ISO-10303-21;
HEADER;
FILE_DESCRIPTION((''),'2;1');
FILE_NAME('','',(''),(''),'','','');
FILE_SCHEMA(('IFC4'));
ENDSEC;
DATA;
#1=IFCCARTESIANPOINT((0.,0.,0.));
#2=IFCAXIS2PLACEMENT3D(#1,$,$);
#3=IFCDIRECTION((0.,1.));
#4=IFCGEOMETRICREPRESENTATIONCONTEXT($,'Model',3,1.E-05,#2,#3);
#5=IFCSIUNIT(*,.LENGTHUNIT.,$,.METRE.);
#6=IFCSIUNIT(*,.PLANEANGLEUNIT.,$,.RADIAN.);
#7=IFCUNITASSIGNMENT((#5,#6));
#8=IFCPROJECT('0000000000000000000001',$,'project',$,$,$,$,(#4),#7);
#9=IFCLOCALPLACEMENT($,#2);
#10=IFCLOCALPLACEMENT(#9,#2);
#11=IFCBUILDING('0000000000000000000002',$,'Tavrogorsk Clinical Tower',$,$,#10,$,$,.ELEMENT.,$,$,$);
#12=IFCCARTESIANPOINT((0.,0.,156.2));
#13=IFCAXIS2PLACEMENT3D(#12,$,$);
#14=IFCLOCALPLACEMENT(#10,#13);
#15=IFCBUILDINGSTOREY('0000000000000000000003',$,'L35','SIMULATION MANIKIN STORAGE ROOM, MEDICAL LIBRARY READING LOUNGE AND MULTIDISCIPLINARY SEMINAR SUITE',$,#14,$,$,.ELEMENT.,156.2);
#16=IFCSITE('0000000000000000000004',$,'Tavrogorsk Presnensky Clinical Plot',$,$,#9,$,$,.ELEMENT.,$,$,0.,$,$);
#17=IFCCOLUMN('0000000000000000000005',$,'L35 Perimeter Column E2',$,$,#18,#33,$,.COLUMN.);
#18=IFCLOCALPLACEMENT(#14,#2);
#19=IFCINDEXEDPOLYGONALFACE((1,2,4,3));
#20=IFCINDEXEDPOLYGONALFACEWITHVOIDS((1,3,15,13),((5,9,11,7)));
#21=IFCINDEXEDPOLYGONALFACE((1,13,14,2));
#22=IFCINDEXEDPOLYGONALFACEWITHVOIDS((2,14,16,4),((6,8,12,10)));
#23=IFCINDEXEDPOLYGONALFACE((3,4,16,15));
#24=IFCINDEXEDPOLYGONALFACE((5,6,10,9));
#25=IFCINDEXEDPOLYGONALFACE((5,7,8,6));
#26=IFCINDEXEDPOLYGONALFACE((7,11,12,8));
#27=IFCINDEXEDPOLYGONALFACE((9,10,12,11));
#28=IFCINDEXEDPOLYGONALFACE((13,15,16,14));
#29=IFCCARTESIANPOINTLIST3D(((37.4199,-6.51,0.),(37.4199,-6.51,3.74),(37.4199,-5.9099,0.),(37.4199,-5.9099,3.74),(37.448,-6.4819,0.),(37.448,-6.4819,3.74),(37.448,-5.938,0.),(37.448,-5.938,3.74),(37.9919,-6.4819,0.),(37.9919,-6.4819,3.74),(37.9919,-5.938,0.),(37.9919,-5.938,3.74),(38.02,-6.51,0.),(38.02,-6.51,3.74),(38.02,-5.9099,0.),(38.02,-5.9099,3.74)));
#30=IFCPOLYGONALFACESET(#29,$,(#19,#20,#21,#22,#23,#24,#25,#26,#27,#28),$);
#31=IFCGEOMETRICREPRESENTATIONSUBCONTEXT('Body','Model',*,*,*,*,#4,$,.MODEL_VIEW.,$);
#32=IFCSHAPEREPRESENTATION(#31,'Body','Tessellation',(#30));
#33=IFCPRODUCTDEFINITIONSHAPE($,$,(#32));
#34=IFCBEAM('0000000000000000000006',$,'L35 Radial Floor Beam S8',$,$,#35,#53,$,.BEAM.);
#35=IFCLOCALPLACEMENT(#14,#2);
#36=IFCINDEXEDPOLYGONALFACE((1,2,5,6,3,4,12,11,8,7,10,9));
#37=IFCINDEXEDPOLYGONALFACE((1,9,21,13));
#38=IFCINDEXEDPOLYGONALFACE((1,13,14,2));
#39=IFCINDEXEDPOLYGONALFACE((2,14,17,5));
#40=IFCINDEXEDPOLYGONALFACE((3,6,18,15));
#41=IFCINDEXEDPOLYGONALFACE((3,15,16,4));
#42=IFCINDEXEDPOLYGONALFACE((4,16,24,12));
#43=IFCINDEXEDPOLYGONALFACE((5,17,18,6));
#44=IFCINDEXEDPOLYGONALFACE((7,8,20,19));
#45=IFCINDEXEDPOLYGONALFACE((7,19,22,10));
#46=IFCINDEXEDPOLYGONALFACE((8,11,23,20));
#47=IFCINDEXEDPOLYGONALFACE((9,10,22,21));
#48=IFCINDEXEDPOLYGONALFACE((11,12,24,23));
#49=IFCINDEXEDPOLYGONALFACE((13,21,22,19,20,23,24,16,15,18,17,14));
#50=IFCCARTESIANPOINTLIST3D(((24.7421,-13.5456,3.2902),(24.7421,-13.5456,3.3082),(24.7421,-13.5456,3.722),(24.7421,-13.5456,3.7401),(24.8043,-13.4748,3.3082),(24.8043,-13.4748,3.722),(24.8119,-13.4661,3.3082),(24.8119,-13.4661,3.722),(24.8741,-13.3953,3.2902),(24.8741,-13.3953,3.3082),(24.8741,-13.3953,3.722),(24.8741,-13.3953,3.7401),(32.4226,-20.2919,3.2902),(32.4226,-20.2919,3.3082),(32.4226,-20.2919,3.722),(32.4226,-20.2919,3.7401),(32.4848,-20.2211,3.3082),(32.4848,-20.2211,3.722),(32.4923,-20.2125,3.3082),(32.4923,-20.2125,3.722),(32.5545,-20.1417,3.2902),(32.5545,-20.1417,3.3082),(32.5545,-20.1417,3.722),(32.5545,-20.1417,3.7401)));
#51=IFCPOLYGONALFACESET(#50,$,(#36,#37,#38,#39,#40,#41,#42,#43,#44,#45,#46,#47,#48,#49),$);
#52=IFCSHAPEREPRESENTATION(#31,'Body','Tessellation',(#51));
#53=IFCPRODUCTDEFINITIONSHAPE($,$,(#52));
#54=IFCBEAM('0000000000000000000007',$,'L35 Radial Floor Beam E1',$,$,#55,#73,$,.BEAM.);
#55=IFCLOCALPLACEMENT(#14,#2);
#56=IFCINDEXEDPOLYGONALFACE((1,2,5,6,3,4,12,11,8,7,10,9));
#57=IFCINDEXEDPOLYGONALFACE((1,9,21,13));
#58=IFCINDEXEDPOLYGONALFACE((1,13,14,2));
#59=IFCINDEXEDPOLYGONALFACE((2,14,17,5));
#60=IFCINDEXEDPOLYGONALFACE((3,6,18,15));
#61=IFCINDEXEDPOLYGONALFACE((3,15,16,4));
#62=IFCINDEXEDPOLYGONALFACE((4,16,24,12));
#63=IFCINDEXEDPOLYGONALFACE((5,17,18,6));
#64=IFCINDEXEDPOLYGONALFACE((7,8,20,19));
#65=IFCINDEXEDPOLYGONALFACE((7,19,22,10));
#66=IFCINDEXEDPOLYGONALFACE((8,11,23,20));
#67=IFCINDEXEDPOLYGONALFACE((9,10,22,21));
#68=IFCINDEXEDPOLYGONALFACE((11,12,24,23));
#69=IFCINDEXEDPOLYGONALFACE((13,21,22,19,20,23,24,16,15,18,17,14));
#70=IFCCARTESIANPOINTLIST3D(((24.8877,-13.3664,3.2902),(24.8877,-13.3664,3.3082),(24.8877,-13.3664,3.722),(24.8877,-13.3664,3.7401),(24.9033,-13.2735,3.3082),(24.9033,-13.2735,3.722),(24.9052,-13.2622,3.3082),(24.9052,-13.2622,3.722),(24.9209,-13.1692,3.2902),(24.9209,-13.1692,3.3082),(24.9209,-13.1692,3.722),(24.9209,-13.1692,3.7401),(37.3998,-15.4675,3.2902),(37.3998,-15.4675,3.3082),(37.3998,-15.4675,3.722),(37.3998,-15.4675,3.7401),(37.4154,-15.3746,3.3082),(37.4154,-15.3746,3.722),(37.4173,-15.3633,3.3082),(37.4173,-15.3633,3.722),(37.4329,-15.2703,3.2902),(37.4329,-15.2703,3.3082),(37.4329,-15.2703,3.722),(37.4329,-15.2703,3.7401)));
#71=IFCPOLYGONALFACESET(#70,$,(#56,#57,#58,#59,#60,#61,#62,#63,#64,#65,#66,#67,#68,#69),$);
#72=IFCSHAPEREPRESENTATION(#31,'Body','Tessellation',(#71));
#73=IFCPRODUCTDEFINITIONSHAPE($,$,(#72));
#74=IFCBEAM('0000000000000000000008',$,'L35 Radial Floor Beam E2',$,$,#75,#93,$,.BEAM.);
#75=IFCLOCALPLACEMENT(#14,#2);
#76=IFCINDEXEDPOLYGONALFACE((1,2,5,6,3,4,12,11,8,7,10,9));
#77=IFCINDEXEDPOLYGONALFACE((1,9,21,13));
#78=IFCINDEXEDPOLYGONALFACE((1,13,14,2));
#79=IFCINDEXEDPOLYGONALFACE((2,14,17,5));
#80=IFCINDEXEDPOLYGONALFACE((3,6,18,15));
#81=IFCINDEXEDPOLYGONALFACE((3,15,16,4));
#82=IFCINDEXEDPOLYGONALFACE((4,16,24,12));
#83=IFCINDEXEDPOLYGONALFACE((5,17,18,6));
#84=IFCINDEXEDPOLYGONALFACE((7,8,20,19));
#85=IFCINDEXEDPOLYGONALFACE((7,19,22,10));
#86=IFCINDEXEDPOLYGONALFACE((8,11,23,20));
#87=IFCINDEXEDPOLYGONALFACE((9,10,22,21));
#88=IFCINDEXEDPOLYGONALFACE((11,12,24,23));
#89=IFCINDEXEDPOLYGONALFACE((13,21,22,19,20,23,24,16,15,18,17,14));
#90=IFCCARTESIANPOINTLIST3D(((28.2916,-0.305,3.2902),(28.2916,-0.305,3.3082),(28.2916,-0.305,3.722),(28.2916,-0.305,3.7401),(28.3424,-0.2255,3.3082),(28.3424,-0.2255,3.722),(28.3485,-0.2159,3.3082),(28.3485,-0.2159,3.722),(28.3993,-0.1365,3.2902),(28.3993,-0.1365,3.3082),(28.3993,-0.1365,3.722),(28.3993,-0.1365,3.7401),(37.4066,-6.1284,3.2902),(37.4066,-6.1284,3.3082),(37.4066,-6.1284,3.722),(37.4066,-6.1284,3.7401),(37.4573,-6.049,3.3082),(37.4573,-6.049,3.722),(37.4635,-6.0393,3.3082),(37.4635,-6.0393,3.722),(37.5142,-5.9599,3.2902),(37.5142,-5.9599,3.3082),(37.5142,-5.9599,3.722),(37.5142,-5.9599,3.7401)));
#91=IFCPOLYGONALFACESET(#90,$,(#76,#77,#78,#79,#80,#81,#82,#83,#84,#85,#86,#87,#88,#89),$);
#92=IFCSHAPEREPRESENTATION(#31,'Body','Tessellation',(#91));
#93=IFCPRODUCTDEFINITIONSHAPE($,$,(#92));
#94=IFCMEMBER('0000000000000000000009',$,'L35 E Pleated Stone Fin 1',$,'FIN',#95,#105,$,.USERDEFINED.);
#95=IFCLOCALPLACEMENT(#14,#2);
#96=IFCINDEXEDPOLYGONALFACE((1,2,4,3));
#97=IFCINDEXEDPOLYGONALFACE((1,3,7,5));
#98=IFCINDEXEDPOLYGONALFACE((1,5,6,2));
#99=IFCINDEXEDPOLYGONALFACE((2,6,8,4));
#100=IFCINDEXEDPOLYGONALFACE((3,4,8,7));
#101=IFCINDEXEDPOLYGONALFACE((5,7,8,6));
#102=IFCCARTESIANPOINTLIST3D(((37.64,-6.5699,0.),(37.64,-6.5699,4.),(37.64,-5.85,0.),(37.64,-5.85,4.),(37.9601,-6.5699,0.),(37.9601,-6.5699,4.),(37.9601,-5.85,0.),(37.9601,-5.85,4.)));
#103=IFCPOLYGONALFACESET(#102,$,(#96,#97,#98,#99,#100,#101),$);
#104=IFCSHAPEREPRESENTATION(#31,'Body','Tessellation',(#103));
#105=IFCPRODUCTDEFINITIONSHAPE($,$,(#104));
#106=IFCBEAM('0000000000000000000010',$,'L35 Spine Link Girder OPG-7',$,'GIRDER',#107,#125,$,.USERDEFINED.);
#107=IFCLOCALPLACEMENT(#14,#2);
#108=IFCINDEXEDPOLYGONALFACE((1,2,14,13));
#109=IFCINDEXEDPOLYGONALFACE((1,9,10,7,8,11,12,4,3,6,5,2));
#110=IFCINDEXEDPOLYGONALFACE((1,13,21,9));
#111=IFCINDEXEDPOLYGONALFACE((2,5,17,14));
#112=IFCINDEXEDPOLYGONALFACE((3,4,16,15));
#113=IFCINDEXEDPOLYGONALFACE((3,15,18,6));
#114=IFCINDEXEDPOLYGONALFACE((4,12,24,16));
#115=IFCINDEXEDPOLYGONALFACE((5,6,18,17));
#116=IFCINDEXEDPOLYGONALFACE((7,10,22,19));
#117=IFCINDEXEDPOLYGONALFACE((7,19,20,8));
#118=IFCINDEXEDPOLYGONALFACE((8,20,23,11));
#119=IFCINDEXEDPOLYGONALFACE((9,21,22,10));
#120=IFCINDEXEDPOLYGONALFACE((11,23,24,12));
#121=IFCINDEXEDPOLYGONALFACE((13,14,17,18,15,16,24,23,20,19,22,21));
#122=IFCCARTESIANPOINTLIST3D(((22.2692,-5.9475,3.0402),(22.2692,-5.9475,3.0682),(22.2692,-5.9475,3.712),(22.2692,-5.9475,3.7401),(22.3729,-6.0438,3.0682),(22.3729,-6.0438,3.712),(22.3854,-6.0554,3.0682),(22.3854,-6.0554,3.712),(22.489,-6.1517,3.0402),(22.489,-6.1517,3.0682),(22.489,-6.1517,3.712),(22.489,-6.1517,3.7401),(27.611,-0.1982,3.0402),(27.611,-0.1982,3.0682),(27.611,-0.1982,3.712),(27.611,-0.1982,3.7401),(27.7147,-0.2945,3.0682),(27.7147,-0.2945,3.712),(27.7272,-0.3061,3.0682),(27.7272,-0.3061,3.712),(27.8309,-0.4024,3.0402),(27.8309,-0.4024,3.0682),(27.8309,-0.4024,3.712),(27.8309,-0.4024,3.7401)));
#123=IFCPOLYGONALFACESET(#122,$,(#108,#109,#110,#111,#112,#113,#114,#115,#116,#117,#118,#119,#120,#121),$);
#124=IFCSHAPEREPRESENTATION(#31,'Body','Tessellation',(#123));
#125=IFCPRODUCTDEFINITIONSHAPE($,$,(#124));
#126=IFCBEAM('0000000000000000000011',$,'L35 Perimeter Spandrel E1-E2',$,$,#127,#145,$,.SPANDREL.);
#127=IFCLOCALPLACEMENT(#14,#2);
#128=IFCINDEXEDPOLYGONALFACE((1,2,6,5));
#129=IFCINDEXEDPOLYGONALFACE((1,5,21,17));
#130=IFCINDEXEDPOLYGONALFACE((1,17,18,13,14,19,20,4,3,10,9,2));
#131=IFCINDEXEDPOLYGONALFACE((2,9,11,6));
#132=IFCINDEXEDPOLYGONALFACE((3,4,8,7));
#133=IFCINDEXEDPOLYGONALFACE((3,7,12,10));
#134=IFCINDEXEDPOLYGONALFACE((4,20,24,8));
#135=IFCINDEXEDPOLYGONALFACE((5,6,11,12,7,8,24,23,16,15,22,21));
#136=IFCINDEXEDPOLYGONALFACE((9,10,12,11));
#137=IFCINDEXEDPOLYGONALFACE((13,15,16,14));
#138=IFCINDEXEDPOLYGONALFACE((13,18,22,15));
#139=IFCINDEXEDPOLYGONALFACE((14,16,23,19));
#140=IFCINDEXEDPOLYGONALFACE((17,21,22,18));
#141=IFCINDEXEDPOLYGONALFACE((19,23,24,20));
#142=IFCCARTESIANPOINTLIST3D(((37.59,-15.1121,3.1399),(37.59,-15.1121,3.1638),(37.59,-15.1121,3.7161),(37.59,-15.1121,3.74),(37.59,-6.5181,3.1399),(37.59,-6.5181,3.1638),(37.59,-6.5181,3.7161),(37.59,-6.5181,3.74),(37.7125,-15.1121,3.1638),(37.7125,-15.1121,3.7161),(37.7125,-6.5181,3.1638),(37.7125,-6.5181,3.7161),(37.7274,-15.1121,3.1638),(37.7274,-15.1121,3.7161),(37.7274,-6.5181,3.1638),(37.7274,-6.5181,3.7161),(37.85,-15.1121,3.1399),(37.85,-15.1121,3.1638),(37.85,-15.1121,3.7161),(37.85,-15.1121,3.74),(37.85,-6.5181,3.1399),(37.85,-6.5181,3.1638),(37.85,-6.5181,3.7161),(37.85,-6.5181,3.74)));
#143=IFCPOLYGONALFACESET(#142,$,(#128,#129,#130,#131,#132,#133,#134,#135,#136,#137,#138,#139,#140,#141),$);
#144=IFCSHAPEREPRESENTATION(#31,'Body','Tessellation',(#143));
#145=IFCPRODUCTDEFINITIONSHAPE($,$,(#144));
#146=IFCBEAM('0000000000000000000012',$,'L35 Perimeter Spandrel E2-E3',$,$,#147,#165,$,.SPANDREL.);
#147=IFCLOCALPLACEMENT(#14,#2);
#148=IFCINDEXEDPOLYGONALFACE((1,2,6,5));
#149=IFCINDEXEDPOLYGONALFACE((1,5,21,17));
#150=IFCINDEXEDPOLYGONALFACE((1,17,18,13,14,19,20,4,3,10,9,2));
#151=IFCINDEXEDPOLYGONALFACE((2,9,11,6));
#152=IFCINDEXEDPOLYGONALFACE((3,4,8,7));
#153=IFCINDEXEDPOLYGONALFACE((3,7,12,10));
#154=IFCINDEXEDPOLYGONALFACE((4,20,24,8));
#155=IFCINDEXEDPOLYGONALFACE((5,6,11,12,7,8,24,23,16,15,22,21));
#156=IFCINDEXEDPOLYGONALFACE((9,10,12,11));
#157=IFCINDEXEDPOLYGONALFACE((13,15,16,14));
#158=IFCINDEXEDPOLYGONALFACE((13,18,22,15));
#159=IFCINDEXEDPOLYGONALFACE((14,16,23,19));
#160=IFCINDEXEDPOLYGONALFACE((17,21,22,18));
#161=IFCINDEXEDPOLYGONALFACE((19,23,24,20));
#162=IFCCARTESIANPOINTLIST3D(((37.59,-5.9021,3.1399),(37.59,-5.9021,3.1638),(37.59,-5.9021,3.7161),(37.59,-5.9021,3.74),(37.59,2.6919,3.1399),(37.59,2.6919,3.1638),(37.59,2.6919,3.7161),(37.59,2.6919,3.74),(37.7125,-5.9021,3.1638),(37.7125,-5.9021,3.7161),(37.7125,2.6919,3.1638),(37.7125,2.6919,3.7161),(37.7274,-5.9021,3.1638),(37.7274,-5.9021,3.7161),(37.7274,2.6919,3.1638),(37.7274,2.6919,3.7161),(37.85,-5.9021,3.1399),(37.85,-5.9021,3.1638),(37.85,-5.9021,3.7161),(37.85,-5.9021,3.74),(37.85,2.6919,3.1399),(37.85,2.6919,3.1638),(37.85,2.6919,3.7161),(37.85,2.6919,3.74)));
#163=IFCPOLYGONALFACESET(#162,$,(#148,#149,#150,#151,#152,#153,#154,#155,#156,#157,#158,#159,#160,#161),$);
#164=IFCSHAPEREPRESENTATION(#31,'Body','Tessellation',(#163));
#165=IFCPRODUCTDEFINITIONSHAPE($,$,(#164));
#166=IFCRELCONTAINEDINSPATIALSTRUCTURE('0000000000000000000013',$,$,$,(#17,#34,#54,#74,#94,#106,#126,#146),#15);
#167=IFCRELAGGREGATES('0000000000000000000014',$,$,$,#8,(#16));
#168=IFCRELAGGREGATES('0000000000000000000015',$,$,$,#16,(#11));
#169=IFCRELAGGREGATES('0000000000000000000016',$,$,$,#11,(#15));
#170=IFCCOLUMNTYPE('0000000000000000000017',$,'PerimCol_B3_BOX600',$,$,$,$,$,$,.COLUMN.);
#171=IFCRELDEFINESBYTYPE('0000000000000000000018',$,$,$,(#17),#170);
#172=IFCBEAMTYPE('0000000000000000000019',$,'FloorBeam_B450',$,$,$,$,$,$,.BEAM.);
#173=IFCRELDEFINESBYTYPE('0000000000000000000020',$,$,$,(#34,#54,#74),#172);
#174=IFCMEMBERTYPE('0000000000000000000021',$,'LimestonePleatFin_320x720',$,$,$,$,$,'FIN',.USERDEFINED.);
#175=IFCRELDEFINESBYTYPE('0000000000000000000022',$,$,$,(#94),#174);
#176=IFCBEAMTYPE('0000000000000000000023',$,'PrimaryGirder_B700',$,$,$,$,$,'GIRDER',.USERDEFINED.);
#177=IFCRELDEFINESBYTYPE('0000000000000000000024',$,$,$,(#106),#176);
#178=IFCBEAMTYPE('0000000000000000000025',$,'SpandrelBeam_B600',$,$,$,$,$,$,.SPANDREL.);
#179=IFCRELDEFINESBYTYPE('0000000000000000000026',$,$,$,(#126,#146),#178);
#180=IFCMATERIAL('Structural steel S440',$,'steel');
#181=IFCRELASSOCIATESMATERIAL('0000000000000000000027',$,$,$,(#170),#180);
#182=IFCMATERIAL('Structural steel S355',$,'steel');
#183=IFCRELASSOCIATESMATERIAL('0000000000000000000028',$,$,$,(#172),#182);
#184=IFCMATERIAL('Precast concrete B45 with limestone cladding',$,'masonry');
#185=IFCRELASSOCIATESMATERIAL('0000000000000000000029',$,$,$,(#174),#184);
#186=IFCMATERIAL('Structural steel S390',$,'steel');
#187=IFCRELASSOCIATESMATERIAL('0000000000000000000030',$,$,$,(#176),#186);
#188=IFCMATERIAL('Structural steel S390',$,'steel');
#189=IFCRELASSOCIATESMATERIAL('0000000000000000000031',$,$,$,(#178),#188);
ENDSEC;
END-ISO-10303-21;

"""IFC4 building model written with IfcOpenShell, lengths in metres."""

from ifc_helpers import new_model, si_unit, direction, frame, origin, origin_2d, place, context, subcontext, project, spatial, rectangle, hollow_rectangle, i_section, extrude, material, material_profile, profile_set, type_object, element, save


model = new_model("IFC4")

# Units and contexts
model_context = context("Model", 3, precision=1e-05, world=origin(), true_north=direction((0.0, 1.0)))
body_context = subcontext(model_context, "Body", "Model", "MODEL_VIEW")
ifc_project = project(units=[si_unit("LENGTHUNIT", "METRE"), si_unit("PLANEANGLEUNIT", "RADIAN")], contexts=[model_context])

# Site, building, storey
site_placement = place(None, origin())
site = spatial("IfcSite", under=ifc_project, at=site_placement, Name="Tavrogorsk Presnensky Clinical Plot", CompositionType="ELEMENT", RefElevation=0.0)
building_placement = place(site_placement, origin())
building = spatial("IfcBuilding", under=site, at=building_placement, Name="Tavrogorsk Clinical Tower", CompositionType="ELEMENT")
storey_placement = place(building_placement, frame((0.0, 0.0, 156.2)))
storey = spatial("IfcBuildingStorey", under=building, at=storey_placement, Name="L35", Description="SIMULATION MANIKIN STORAGE ROOM, MEDICAL LIBRARY READING LOUNGE AND MULTIDISCIPLINARY SEMINAR SUITE", CompositionType="ELEMENT", Elevation=156.2)

# Column
ifc_material_1 = material(Name="Structural steel S440", Category="steel")
ifc_material_profile_1 = material_profile(ifc_material_1, hollow_rectangle(XDim=0.6001, YDim=0.6001, WallThickness=0.0281, at=origin_2d()), Name="BOX-600x600x28")
ifc_profile_set_1 = profile_set([ifc_material_profile_1], Name="Structural steel S440")
column_type = type_object("IfcColumnType", Name="PerimCol_B3_BOX600", PredefinedType="COLUMN", material=ifc_profile_set_1)
column_placement = place(storey_placement, frame((37.72, -6.21, 0.0), z_axis=(0.0, 0.0, 1.0), x_axis=(1.0, 0.0, 0.0)))
element("IfcColumn", 1, at=column_placement, inside=storey, type_object=column_type, Name="L35 Perimeter Column E2", PredefinedType="COLUMN", context=body_context, shape_type="SweptSolid", body=[
    extrude(hollow_rectangle(XDim=0.6001, YDim=0.6001, WallThickness=0.0281, at=origin_2d()), origin(), (0.0, 0.0, 1.0), 3.74),
])

# Beams
ifc_material_2 = material(Name="Structural steel S355", Category="steel")
ifc_material_profile_2 = material_profile(ifc_material_2, i_section(OverallWidth=0.2, OverallDepth=0.45, WebThickness=0.0115, FlangeThickness=0.0181, at=origin_2d()), Name="B-450x200x11.5x18")
ifc_profile_set_2 = profile_set([ifc_material_profile_2], Name="Structural steel S355")
beam_type_1 = type_object("IfcBeamType", Name="FloorBeam_B450", PredefinedType="BEAM", material=ifc_profile_set_2)
beam_1_placement = place(storey_placement, frame((24.8081, -13.4705, 3.5151), z_axis=(0.751316, -0.659942, 0.0), x_axis=(0.659942, 0.751316, 0.0)))
element("IfcBeam", 2, at=beam_1_placement, inside=storey, type_object=beam_type_1, Name="L35 Radial Floor Beam S8", PredefinedType="BEAM", context=body_context, shape_type="SweptSolid", body=[
    extrude(i_section(OverallWidth=0.2, OverallDepth=0.45, WebThickness=0.0115, FlangeThickness=0.0181, at=origin_2d()), origin(), (0.0, 0.0, 1.0), 10.2227),
])
beam_2_placement = place(storey_placement, frame((24.9043, -13.2678, 3.5151), z_axis=(0.986192, -0.165607, 0.0), x_axis=(0.165607, 0.986192, 0.0)))
element("IfcBeam", 3, at=beam_2_placement, inside=storey, type_object=beam_type_1, Name="L35 Radial Floor Beam E1", PredefinedType="BEAM", context=body_context, shape_type="SweptSolid", body=[
    extrude(i_section(OverallWidth=0.2, OverallDepth=0.45, WebThickness=0.0115, FlangeThickness=0.0181, at=origin_2d()), origin(), (0.0, 0.0, 1.0), 12.6873),
])
beam_3_placement = place(storey_placement, frame((28.3455, -0.2207, 3.5151), z_axis=(0.842695, -0.538391, 0.0), x_axis=(0.538391, 0.842695, 0.0)))
element("IfcBeam", 4, at=beam_3_placement, inside=storey, type_object=beam_type_1, Name="L35 Radial Floor Beam E2", PredefinedType="BEAM", context=body_context, shape_type="SweptSolid", body=[
    extrude(i_section(OverallWidth=0.2, OverallDepth=0.45, WebThickness=0.0115, FlangeThickness=0.0181, at=origin_2d()), origin(), (0.0, 0.0, 1.0), 10.8164),
])

# Member
ifc_material_3 = material(Name="Precast concrete B45 with limestone cladding", Category="masonry")
ifc_material_profile_3 = material_profile(ifc_material_3, rectangle(XDim=0.3201, YDim=0.72, at=origin_2d()), Name="LIMESTONE-FIN-320x720")
ifc_profile_set_3 = profile_set([ifc_material_profile_3], Name="Precast concrete B45 with limestone cladding")
member_type = type_object("IfcMemberType", Name="LimestonePleatFin_320x720", ElementType="FIN", PredefinedType="USERDEFINED", material=ifc_profile_set_3)
member_placement = place(storey_placement, frame((37.8, -6.21, 0.0), z_axis=(0.0, 0.0, 1.0), x_axis=(1.0, 0.0, 0.0)))
element("IfcMember", 5, at=member_placement, inside=storey, type_object=member_type, Name="L35 E Pleated Stone Fin 1", ObjectType="FIN", PredefinedType="USERDEFINED", context=body_context, shape_type="SweptSolid", body=[
    extrude(rectangle(XDim=0.3201, YDim=0.72, at=origin_2d()), origin(), (0.0, 0.0, 1.0), 4.0),
])

# Beams
ifc_material_4 = material(Name="Structural steel S390", Category="steel")
ifc_material_profile_4 = material_profile(ifc_material_4, i_section(OverallWidth=0.3, OverallDepth=0.7, WebThickness=0.0171, FlangeThickness=0.0281, at=origin_2d()), Name="B-700x300x17x28")
ifc_profile_set_4 = profile_set([ifc_material_profile_4], Name="Structural steel S390")
beam_type_2 = type_object("IfcBeamType", Name="PrimaryGirder_B700", ElementType="GIRDER", PredefinedType="USERDEFINED", material=ifc_profile_set_4)
beam_4_placement = place(storey_placement, frame((27.7209, -0.3003, 3.3901), z_axis=(-0.680669, -0.732591, 0.0), x_axis=(0.732591, -0.680669, 0.0)))
element("IfcBeam", 6, at=beam_4_placement, inside=storey, type_object=beam_type_2, Name="L35 Spine Link Girder OPG-7", ObjectType="GIRDER", PredefinedType="USERDEFINED", context=body_context, shape_type="SweptSolid", body=[
    extrude(i_section(OverallWidth=0.3, OverallDepth=0.7, WebThickness=0.0171, FlangeThickness=0.0281, at=origin_2d()), origin(), (0.0, 0.0, 1.0), 7.8479),
])
ifc_material_5 = material(Name="Structural steel S390", Category="steel")
ifc_material_profile_5 = material_profile(ifc_material_5, i_section(OverallWidth=0.26, OverallDepth=0.6001, WebThickness=0.0149, FlangeThickness=0.0239, at=origin_2d()), Name="B-600x260x15x24")
ifc_profile_set_5 = profile_set([ifc_material_profile_5], Name="Structural steel S390")
beam_type_3 = type_object("IfcBeamType", Name="SpandrelBeam_B600", PredefinedType="SPANDREL", material=ifc_profile_set_5)
for number, where, z_axis, x_axis, name in (
    (7, (37.72, -15.1121, 3.4399), (0.0, 1.0, 0.0), (-1.0, 0.0, 0.0), "L35 Perimeter Spandrel E1-E2"),
    (8, (37.72, -5.9021, 3.4399), (0.0, 1.0, 0.0), (-1.0, 0.0, 0.0), "L35 Perimeter Spandrel E2-E3"),
):
    element("IfcBeam", number, at=place(storey_placement, frame(where, z_axis=z_axis, x_axis=x_axis)), inside=storey, type_object=beam_type_3, Name=name, PredefinedType="SPANDREL", context=body_context, shape_type="SweptSolid", body=[
        extrude(i_section(OverallWidth=0.26, OverallDepth=0.6001, WebThickness=0.0149, FlangeThickness=0.0239, at=origin_2d()), origin(), (0.0, 0.0, 1.0), 8.594),
    ])

save(model, "model.ifc")
